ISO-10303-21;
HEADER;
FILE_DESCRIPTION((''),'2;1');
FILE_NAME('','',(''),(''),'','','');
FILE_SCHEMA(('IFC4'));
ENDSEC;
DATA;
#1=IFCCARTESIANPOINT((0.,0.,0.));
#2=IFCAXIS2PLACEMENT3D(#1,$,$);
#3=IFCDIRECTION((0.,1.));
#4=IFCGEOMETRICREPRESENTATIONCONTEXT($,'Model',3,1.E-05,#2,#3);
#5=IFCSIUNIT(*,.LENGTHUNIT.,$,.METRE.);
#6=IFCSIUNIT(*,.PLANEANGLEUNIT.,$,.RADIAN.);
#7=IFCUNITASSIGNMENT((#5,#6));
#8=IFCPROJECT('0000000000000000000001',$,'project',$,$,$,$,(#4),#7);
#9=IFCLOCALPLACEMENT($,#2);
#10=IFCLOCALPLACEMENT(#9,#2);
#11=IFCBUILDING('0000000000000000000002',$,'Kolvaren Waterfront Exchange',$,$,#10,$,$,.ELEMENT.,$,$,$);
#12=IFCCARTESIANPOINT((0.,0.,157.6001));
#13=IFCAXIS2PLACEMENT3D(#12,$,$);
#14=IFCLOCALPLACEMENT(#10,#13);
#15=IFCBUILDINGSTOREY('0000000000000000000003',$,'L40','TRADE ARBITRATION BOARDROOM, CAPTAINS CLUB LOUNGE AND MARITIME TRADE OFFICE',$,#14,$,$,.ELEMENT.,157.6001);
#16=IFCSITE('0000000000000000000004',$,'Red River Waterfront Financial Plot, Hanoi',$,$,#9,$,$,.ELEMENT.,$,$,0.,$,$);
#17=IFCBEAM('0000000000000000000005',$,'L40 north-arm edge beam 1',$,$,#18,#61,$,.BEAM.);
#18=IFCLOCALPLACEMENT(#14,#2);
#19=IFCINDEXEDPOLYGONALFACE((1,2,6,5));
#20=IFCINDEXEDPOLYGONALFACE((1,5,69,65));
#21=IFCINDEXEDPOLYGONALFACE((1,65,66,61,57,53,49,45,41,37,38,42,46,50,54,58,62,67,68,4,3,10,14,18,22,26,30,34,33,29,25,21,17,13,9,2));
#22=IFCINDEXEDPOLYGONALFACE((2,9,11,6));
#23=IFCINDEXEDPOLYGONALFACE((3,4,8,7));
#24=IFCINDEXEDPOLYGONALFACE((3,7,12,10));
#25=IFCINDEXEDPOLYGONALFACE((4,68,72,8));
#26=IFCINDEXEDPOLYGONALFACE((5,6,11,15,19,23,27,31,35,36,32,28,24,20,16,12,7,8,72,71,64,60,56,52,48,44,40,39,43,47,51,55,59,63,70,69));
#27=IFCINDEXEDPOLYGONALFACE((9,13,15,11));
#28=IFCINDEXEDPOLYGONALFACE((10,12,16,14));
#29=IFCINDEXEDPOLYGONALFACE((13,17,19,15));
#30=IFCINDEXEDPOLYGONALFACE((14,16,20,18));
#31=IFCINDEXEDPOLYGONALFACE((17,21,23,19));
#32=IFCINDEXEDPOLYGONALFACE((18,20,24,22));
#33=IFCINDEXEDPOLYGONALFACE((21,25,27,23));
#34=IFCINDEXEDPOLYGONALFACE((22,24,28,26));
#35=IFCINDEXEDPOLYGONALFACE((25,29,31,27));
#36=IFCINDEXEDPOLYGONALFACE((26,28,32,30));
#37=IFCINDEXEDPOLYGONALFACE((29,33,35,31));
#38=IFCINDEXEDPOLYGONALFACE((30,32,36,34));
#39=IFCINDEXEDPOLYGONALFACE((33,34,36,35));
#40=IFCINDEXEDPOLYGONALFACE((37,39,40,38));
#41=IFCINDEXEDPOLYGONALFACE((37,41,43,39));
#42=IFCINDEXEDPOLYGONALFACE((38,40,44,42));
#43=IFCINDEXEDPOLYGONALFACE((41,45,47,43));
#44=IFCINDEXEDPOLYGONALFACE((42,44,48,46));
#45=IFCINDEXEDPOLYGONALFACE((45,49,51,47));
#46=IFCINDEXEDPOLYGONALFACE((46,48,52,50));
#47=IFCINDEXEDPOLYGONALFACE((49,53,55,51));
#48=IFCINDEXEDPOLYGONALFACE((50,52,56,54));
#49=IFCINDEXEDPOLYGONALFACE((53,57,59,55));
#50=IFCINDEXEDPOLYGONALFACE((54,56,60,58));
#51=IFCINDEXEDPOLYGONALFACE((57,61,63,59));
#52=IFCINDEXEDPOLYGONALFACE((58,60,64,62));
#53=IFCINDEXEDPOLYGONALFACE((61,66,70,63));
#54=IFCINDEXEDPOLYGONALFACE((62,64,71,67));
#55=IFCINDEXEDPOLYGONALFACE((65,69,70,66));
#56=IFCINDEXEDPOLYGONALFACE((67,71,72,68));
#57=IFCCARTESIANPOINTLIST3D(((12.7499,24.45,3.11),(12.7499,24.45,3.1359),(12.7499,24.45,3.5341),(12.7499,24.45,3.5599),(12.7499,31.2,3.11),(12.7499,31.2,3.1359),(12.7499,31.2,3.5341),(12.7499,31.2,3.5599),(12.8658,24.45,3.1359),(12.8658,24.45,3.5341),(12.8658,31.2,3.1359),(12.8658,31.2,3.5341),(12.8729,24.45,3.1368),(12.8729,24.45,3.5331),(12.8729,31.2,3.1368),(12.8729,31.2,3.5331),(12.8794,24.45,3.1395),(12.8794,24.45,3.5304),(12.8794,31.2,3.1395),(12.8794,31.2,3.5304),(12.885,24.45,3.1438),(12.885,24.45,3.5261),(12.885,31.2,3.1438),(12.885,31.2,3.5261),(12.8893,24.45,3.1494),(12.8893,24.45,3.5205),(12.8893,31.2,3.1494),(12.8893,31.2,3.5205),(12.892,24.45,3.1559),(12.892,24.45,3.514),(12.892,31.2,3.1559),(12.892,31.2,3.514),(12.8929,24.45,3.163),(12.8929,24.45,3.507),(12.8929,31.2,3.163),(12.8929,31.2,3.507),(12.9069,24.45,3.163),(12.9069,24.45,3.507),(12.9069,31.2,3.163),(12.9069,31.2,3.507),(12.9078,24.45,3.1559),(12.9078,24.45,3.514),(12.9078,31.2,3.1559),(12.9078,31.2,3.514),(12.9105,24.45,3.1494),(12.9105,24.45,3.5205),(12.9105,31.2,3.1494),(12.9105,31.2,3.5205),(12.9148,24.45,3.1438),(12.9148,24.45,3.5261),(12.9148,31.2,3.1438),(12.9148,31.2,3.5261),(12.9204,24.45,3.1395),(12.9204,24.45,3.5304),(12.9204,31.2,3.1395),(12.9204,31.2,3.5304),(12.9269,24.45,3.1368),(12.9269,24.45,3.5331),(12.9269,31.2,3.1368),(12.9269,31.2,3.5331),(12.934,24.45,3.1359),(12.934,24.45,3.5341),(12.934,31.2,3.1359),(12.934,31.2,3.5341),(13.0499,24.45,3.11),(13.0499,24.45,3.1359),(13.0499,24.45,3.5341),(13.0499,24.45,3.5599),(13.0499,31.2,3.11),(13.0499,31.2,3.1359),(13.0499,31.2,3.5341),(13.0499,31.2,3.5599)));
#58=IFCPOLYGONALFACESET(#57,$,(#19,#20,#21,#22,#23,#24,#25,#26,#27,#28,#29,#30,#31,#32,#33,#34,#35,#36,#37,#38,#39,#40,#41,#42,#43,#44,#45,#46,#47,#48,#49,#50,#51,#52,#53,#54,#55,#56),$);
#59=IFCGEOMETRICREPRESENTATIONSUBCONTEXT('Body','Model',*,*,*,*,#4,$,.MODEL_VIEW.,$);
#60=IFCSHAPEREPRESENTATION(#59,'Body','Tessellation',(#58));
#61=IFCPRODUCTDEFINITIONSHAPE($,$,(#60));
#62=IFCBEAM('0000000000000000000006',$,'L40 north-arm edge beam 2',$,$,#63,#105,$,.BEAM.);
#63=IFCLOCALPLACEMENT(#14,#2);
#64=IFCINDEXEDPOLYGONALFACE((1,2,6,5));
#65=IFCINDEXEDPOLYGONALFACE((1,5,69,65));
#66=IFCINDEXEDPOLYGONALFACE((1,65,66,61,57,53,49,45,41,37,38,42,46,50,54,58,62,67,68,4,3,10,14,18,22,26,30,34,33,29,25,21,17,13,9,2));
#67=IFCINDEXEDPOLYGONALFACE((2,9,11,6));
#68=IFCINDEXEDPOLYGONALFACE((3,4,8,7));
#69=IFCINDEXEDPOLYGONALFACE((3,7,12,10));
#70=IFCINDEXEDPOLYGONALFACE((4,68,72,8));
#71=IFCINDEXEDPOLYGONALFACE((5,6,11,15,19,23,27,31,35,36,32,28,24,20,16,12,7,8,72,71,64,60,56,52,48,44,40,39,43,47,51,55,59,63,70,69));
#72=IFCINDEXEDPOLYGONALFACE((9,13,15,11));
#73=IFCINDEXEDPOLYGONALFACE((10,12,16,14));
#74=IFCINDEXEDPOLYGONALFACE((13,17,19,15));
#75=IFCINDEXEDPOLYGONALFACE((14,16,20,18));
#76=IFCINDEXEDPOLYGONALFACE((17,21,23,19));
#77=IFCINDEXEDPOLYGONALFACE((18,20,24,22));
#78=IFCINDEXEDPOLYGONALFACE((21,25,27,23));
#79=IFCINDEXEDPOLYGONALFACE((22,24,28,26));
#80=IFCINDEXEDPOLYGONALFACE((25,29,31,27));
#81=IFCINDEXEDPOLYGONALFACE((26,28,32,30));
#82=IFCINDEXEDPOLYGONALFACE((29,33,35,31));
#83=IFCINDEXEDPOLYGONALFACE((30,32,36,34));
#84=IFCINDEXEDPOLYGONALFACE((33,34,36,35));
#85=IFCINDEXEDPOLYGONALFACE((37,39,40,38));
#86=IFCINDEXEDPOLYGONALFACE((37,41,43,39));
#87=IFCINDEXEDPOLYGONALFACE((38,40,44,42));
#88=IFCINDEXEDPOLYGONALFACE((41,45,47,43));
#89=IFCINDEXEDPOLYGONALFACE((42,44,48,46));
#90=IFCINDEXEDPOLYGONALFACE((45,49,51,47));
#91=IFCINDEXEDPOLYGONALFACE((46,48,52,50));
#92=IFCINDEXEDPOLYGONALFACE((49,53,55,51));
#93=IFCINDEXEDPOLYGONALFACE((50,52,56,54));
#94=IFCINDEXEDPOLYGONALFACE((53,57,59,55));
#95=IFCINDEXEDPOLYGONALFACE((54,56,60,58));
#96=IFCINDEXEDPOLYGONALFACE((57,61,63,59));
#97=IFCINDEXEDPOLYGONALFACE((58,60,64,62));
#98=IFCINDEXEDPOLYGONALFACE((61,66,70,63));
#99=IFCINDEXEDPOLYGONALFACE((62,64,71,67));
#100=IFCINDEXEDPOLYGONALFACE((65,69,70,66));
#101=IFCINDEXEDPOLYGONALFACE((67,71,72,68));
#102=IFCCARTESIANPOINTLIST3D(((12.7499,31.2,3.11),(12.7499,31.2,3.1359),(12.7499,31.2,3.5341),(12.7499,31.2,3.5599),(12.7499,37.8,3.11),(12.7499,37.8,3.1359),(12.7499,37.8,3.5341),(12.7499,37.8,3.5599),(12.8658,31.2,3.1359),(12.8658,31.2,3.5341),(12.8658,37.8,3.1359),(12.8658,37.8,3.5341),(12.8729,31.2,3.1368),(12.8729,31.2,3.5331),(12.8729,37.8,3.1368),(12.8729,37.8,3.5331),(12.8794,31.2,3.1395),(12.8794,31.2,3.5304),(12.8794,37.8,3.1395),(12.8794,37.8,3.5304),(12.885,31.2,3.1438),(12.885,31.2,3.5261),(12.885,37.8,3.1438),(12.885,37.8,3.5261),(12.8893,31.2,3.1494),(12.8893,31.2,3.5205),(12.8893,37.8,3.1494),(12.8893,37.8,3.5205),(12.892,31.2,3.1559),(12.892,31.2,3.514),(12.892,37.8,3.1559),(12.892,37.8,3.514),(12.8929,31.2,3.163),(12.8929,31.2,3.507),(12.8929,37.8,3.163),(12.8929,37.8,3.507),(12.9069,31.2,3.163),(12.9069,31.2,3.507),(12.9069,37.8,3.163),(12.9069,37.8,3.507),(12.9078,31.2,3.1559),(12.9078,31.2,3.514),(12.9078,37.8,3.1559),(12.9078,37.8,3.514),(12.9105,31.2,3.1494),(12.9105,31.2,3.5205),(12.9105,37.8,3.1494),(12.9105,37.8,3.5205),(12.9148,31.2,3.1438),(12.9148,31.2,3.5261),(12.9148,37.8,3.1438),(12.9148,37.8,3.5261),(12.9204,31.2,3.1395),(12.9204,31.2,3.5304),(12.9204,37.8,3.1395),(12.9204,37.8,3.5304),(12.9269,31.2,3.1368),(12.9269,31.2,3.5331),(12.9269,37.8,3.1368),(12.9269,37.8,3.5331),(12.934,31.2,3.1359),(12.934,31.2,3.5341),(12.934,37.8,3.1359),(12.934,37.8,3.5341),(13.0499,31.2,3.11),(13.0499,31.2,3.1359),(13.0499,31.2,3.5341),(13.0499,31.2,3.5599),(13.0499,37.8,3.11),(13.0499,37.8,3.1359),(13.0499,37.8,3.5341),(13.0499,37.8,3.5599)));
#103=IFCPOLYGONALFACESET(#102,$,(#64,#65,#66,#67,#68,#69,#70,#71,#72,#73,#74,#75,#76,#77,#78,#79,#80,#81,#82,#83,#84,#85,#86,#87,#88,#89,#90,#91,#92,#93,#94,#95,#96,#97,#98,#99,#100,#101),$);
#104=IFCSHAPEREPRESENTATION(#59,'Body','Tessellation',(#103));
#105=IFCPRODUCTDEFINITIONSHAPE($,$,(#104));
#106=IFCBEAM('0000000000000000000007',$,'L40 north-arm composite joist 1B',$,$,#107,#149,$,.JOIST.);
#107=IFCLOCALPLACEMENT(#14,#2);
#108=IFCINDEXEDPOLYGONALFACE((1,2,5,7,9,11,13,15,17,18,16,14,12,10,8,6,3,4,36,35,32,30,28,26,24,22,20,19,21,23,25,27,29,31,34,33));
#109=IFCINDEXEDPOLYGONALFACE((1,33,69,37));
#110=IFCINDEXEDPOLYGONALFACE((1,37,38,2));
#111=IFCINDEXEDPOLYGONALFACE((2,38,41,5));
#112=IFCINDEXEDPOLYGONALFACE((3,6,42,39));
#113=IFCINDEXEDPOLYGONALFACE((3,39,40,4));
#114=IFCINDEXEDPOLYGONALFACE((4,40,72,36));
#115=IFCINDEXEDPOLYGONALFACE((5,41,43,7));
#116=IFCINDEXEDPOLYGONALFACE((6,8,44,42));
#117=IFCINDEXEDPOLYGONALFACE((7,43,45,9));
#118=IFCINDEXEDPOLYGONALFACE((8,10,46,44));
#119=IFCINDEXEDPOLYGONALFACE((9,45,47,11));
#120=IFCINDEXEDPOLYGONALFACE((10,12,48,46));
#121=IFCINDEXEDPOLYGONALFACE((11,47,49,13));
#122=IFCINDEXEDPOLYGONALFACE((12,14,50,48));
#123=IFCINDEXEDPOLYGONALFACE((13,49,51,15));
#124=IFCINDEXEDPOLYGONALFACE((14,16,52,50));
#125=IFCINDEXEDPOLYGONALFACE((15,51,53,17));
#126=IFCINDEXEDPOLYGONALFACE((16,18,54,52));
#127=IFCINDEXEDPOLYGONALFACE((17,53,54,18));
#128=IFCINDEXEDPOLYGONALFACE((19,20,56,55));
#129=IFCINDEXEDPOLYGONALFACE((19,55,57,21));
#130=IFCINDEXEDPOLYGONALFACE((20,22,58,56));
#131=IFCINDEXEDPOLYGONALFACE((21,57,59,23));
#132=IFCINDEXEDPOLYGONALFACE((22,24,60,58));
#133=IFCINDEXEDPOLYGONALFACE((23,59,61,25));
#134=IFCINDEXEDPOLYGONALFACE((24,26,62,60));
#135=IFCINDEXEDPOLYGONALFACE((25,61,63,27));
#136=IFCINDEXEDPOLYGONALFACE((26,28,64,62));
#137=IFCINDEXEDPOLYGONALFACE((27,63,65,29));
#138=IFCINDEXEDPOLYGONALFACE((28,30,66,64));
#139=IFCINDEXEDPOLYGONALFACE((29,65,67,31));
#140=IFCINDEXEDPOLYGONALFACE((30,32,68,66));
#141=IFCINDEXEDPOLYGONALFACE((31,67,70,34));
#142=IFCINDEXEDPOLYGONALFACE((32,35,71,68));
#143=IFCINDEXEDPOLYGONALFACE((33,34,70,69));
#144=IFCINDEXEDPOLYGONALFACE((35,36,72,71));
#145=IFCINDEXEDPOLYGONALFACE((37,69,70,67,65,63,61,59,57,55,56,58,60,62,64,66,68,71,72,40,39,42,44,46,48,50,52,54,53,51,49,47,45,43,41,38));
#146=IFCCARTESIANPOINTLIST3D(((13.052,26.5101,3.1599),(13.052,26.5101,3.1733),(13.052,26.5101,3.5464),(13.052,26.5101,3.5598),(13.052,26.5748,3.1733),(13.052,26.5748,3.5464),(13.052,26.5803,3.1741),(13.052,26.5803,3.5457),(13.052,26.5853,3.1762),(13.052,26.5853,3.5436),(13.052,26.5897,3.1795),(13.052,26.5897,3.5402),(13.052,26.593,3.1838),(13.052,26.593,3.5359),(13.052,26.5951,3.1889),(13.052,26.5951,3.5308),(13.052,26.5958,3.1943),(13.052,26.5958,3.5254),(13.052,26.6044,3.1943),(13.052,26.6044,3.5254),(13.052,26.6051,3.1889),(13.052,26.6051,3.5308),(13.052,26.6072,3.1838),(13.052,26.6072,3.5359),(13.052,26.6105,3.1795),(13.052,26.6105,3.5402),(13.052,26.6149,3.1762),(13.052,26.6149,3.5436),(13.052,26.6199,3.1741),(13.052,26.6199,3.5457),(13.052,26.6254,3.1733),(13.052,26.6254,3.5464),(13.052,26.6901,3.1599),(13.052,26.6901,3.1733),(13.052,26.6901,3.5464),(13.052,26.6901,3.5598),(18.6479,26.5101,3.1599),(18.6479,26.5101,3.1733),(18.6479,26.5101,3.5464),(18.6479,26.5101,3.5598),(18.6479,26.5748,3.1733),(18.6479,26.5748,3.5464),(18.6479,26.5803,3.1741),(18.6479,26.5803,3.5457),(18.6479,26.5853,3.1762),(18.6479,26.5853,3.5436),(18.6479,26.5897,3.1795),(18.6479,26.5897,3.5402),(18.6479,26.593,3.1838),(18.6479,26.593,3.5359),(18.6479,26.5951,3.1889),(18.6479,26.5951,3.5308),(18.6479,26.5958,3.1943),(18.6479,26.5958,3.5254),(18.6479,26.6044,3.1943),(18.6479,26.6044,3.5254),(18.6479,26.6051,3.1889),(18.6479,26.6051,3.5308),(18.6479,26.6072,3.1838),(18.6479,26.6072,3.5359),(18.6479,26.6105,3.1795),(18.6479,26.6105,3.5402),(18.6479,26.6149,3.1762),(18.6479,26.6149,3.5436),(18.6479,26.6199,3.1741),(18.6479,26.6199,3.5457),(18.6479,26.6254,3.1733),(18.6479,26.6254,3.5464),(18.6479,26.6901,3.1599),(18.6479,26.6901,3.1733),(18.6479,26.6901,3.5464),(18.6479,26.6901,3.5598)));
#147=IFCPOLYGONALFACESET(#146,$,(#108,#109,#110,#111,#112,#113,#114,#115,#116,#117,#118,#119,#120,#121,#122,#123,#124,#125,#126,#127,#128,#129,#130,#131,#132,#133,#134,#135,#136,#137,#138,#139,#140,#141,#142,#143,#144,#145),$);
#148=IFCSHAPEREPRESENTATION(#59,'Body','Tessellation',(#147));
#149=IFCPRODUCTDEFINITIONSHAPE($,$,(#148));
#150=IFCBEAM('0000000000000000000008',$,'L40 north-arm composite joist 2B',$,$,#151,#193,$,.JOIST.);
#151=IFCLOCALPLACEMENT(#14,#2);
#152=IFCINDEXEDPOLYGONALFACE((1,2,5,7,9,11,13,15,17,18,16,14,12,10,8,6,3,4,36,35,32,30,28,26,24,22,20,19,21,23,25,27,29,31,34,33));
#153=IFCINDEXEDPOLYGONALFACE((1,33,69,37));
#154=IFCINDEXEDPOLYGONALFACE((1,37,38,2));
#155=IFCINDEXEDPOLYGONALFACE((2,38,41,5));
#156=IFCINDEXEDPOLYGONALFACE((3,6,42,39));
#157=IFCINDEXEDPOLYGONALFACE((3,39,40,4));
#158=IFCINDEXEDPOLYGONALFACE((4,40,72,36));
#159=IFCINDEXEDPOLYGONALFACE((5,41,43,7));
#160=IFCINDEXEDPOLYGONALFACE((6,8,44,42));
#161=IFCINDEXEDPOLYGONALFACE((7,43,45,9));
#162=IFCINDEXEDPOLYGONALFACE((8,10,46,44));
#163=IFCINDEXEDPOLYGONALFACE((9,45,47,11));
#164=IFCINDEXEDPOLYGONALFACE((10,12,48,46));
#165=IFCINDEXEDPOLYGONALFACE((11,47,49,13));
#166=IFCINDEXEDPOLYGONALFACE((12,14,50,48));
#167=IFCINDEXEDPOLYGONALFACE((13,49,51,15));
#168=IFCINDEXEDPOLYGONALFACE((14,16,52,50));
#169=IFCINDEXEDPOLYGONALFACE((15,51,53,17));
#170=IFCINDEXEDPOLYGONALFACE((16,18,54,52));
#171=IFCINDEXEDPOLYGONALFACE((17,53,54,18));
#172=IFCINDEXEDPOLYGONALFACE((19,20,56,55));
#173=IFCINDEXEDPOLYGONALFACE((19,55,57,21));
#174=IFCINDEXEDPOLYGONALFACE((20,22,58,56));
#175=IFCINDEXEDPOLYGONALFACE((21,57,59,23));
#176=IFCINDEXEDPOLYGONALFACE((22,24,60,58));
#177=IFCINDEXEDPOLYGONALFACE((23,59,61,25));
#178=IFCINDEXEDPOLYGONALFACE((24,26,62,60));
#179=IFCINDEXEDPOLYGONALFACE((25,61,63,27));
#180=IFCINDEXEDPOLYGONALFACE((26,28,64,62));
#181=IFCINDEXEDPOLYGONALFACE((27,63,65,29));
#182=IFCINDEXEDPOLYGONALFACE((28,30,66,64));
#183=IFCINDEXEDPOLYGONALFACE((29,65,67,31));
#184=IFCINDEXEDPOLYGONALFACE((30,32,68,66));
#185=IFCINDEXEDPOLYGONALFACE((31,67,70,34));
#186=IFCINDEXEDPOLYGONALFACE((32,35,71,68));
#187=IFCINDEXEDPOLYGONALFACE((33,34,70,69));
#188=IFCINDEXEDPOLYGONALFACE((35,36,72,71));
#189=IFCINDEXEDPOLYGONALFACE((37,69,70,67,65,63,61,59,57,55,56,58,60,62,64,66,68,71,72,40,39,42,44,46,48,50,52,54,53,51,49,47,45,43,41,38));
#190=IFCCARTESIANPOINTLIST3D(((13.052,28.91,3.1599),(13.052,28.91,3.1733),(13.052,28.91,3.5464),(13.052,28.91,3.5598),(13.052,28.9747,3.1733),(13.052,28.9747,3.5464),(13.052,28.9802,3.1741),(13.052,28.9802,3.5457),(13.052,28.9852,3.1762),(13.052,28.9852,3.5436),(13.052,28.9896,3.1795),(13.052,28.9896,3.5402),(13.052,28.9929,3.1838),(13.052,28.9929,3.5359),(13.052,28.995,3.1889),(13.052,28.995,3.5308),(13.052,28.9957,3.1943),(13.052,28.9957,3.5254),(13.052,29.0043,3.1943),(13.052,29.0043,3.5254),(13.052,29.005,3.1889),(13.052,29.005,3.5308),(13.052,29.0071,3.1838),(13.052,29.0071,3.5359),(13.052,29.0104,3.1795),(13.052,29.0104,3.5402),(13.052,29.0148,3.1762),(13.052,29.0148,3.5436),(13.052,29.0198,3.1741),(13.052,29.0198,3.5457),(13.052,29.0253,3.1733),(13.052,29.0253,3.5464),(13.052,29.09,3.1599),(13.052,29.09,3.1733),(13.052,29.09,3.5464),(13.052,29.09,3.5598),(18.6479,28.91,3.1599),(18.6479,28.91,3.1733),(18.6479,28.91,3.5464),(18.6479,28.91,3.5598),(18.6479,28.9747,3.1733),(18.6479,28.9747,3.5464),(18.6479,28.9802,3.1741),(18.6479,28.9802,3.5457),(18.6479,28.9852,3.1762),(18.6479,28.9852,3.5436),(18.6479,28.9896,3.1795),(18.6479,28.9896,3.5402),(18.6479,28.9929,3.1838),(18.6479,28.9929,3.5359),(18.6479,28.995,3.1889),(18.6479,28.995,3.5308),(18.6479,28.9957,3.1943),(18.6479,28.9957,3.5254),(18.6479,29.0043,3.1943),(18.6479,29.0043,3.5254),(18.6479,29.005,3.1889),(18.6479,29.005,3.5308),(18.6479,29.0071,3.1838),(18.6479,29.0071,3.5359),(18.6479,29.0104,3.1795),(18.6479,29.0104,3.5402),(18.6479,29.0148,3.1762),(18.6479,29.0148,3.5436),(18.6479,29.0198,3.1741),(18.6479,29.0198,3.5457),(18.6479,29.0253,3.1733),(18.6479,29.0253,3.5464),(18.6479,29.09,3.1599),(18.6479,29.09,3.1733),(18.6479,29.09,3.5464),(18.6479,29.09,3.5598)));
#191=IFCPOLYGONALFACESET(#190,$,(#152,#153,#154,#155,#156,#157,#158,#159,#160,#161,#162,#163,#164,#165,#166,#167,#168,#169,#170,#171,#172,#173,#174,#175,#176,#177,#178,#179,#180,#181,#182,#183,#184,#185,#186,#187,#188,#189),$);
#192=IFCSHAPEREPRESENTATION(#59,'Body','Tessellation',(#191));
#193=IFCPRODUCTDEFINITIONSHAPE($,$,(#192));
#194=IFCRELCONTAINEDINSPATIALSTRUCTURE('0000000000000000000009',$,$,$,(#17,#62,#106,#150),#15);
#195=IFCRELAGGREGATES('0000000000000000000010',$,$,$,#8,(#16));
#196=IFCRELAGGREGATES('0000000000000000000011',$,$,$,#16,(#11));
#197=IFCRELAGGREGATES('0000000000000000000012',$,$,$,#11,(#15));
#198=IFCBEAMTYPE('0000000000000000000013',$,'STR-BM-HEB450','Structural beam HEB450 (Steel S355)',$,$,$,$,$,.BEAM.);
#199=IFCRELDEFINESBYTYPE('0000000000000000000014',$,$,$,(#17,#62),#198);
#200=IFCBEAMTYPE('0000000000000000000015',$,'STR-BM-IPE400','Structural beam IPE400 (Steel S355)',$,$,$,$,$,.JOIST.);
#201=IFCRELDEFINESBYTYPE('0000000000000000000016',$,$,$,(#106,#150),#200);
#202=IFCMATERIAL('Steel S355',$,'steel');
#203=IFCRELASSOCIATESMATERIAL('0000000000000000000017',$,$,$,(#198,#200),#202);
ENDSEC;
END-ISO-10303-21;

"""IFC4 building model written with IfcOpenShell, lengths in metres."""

from ifc_helpers import new_model, si_unit, direction, frame, origin, origin_2d, place, context, subcontext, project, spatial, i_section, extrude, material, material_profile, profile_set, type_object, element, save


model = new_model("IFC4")

# Units and contexts
model_context = context("Model", 3, precision=1e-05, world=origin(), true_north=direction((0.0, 1.0)))
body_context = subcontext(model_context, "Body", "Model", "MODEL_VIEW")
ifc_project = project(units=[si_unit("LENGTHUNIT", "METRE"), si_unit("PLANEANGLEUNIT", "RADIAN")], contexts=[model_context])

# Site, building, storey
site_placement = place(None, origin())
site = spatial("IfcSite", under=ifc_project, at=site_placement, Name="Red River Waterfront Financial Plot, Hanoi", CompositionType="ELEMENT", RefElevation=0.0)
building_placement = place(site_placement, origin())
building = spatial("IfcBuilding", under=site, at=building_placement, Name="Kolvaren Waterfront Exchange", CompositionType="ELEMENT")
storey_placement = place(building_placement, frame((0.0, 0.0, 157.6001)))
storey = spatial("IfcBuildingStorey", under=building, at=storey_placement, Name="L40", Description="TRADE ARBITRATION BOARDROOM, CAPTAINS CLUB LOUNGE AND MARITIME TRADE OFFICE", CompositionType="ELEMENT", Elevation=157.6001)

# Beams
ifc_material_1 = material(Name="Steel S355", Category="steel")
ifc_material_profile_1 = material_profile(ifc_material_1, i_section(OverallWidth=0.3, OverallDepth=0.45, WebThickness=0.0139, FlangeThickness=0.0259, FilletRadius=0.0271, at=origin_2d()), Name="HEB450")
ifc_profile_set_1 = profile_set([ifc_material_profile_1], Name="Steel S355")
beam_type_1 = type_object("IfcBeamType", Name="STR-BM-HEB450", Description="Structural beam HEB450 (Steel S355)", PredefinedType="BEAM", material=ifc_profile_set_1)
beam_1_placement = place(storey_placement, frame((12.8999, 24.45, 3.335), z_axis=(0.0, 1.0, 0.0), x_axis=(-1.0, 0.0, 0.0)))
element("IfcBeam", 1, at=beam_1_placement, inside=storey, type_object=beam_type_1, Name="L40 north-arm edge beam 1", PredefinedType="BEAM", context=body_context, shape_type="SweptSolid", body=[
    extrude(i_section(OverallWidth=0.3, OverallDepth=0.45, WebThickness=0.0139, FlangeThickness=0.0259, FilletRadius=0.0271, at=origin_2d()), origin(), (0.0, 0.0, 1.0), 6.75),
])
beam_2_placement = place(storey_placement, frame((12.8999, 31.2, 3.335), z_axis=(0.0, 1.0, 0.0), x_axis=(-1.0, 0.0, 0.0)))
element("IfcBeam", 2, at=beam_2_placement, inside=storey, type_object=beam_type_1, Name="L40 north-arm edge beam 2", PredefinedType="BEAM", context=body_context, shape_type="SweptSolid", body=[
    extrude(i_section(OverallWidth=0.3, OverallDepth=0.45, WebThickness=0.0139, FlangeThickness=0.0259, FilletRadius=0.0271, at=origin_2d()), origin(), (0.0, 0.0, 1.0), 6.6001),
])
ifc_material_profile_2 = material_profile(ifc_material_1, i_section(OverallWidth=0.1799, OverallDepth=0.3999, WebThickness=0.0085, FlangeThickness=0.0134, FilletRadius=0.021, at=origin_2d()), Name="IPE400")
ifc_profile_set_2 = profile_set([ifc_material_profile_2], Name="Steel S355")
beam_type_2 = type_object("IfcBeamType", Name="STR-BM-IPE400", Description="Structural beam IPE400 (Steel S355)", PredefinedType="JOIST", material=ifc_profile_set_2)
for number, where, z_axis, x_axis, name in (
    (3, (13.052, 26.6001, 3.3599), (1.0, 0.0, 0.0), (0.0, 1.0, 0.0), "L40 north-arm composite joist 1B"),
    (4, (13.052, 29.0, 3.3599), (1.0, 0.0, 0.0), (0.0, 1.0, 0.0), "L40 north-arm composite joist 2B"),
):
    element("IfcBeam", number, at=place(storey_placement, frame(where, z_axis=z_axis, x_axis=x_axis)), inside=storey, type_object=beam_type_2, Name=name, PredefinedType="JOIST", context=body_context, shape_type="SweptSolid", body=[
        extrude(i_section(OverallWidth=0.1799, OverallDepth=0.3999, WebThickness=0.0085, FlangeThickness=0.0134, FilletRadius=0.021, at=origin_2d()), origin(), (0.0, 0.0, 1.0), 5.5959),
    ])

save(model, "model.ifc")
